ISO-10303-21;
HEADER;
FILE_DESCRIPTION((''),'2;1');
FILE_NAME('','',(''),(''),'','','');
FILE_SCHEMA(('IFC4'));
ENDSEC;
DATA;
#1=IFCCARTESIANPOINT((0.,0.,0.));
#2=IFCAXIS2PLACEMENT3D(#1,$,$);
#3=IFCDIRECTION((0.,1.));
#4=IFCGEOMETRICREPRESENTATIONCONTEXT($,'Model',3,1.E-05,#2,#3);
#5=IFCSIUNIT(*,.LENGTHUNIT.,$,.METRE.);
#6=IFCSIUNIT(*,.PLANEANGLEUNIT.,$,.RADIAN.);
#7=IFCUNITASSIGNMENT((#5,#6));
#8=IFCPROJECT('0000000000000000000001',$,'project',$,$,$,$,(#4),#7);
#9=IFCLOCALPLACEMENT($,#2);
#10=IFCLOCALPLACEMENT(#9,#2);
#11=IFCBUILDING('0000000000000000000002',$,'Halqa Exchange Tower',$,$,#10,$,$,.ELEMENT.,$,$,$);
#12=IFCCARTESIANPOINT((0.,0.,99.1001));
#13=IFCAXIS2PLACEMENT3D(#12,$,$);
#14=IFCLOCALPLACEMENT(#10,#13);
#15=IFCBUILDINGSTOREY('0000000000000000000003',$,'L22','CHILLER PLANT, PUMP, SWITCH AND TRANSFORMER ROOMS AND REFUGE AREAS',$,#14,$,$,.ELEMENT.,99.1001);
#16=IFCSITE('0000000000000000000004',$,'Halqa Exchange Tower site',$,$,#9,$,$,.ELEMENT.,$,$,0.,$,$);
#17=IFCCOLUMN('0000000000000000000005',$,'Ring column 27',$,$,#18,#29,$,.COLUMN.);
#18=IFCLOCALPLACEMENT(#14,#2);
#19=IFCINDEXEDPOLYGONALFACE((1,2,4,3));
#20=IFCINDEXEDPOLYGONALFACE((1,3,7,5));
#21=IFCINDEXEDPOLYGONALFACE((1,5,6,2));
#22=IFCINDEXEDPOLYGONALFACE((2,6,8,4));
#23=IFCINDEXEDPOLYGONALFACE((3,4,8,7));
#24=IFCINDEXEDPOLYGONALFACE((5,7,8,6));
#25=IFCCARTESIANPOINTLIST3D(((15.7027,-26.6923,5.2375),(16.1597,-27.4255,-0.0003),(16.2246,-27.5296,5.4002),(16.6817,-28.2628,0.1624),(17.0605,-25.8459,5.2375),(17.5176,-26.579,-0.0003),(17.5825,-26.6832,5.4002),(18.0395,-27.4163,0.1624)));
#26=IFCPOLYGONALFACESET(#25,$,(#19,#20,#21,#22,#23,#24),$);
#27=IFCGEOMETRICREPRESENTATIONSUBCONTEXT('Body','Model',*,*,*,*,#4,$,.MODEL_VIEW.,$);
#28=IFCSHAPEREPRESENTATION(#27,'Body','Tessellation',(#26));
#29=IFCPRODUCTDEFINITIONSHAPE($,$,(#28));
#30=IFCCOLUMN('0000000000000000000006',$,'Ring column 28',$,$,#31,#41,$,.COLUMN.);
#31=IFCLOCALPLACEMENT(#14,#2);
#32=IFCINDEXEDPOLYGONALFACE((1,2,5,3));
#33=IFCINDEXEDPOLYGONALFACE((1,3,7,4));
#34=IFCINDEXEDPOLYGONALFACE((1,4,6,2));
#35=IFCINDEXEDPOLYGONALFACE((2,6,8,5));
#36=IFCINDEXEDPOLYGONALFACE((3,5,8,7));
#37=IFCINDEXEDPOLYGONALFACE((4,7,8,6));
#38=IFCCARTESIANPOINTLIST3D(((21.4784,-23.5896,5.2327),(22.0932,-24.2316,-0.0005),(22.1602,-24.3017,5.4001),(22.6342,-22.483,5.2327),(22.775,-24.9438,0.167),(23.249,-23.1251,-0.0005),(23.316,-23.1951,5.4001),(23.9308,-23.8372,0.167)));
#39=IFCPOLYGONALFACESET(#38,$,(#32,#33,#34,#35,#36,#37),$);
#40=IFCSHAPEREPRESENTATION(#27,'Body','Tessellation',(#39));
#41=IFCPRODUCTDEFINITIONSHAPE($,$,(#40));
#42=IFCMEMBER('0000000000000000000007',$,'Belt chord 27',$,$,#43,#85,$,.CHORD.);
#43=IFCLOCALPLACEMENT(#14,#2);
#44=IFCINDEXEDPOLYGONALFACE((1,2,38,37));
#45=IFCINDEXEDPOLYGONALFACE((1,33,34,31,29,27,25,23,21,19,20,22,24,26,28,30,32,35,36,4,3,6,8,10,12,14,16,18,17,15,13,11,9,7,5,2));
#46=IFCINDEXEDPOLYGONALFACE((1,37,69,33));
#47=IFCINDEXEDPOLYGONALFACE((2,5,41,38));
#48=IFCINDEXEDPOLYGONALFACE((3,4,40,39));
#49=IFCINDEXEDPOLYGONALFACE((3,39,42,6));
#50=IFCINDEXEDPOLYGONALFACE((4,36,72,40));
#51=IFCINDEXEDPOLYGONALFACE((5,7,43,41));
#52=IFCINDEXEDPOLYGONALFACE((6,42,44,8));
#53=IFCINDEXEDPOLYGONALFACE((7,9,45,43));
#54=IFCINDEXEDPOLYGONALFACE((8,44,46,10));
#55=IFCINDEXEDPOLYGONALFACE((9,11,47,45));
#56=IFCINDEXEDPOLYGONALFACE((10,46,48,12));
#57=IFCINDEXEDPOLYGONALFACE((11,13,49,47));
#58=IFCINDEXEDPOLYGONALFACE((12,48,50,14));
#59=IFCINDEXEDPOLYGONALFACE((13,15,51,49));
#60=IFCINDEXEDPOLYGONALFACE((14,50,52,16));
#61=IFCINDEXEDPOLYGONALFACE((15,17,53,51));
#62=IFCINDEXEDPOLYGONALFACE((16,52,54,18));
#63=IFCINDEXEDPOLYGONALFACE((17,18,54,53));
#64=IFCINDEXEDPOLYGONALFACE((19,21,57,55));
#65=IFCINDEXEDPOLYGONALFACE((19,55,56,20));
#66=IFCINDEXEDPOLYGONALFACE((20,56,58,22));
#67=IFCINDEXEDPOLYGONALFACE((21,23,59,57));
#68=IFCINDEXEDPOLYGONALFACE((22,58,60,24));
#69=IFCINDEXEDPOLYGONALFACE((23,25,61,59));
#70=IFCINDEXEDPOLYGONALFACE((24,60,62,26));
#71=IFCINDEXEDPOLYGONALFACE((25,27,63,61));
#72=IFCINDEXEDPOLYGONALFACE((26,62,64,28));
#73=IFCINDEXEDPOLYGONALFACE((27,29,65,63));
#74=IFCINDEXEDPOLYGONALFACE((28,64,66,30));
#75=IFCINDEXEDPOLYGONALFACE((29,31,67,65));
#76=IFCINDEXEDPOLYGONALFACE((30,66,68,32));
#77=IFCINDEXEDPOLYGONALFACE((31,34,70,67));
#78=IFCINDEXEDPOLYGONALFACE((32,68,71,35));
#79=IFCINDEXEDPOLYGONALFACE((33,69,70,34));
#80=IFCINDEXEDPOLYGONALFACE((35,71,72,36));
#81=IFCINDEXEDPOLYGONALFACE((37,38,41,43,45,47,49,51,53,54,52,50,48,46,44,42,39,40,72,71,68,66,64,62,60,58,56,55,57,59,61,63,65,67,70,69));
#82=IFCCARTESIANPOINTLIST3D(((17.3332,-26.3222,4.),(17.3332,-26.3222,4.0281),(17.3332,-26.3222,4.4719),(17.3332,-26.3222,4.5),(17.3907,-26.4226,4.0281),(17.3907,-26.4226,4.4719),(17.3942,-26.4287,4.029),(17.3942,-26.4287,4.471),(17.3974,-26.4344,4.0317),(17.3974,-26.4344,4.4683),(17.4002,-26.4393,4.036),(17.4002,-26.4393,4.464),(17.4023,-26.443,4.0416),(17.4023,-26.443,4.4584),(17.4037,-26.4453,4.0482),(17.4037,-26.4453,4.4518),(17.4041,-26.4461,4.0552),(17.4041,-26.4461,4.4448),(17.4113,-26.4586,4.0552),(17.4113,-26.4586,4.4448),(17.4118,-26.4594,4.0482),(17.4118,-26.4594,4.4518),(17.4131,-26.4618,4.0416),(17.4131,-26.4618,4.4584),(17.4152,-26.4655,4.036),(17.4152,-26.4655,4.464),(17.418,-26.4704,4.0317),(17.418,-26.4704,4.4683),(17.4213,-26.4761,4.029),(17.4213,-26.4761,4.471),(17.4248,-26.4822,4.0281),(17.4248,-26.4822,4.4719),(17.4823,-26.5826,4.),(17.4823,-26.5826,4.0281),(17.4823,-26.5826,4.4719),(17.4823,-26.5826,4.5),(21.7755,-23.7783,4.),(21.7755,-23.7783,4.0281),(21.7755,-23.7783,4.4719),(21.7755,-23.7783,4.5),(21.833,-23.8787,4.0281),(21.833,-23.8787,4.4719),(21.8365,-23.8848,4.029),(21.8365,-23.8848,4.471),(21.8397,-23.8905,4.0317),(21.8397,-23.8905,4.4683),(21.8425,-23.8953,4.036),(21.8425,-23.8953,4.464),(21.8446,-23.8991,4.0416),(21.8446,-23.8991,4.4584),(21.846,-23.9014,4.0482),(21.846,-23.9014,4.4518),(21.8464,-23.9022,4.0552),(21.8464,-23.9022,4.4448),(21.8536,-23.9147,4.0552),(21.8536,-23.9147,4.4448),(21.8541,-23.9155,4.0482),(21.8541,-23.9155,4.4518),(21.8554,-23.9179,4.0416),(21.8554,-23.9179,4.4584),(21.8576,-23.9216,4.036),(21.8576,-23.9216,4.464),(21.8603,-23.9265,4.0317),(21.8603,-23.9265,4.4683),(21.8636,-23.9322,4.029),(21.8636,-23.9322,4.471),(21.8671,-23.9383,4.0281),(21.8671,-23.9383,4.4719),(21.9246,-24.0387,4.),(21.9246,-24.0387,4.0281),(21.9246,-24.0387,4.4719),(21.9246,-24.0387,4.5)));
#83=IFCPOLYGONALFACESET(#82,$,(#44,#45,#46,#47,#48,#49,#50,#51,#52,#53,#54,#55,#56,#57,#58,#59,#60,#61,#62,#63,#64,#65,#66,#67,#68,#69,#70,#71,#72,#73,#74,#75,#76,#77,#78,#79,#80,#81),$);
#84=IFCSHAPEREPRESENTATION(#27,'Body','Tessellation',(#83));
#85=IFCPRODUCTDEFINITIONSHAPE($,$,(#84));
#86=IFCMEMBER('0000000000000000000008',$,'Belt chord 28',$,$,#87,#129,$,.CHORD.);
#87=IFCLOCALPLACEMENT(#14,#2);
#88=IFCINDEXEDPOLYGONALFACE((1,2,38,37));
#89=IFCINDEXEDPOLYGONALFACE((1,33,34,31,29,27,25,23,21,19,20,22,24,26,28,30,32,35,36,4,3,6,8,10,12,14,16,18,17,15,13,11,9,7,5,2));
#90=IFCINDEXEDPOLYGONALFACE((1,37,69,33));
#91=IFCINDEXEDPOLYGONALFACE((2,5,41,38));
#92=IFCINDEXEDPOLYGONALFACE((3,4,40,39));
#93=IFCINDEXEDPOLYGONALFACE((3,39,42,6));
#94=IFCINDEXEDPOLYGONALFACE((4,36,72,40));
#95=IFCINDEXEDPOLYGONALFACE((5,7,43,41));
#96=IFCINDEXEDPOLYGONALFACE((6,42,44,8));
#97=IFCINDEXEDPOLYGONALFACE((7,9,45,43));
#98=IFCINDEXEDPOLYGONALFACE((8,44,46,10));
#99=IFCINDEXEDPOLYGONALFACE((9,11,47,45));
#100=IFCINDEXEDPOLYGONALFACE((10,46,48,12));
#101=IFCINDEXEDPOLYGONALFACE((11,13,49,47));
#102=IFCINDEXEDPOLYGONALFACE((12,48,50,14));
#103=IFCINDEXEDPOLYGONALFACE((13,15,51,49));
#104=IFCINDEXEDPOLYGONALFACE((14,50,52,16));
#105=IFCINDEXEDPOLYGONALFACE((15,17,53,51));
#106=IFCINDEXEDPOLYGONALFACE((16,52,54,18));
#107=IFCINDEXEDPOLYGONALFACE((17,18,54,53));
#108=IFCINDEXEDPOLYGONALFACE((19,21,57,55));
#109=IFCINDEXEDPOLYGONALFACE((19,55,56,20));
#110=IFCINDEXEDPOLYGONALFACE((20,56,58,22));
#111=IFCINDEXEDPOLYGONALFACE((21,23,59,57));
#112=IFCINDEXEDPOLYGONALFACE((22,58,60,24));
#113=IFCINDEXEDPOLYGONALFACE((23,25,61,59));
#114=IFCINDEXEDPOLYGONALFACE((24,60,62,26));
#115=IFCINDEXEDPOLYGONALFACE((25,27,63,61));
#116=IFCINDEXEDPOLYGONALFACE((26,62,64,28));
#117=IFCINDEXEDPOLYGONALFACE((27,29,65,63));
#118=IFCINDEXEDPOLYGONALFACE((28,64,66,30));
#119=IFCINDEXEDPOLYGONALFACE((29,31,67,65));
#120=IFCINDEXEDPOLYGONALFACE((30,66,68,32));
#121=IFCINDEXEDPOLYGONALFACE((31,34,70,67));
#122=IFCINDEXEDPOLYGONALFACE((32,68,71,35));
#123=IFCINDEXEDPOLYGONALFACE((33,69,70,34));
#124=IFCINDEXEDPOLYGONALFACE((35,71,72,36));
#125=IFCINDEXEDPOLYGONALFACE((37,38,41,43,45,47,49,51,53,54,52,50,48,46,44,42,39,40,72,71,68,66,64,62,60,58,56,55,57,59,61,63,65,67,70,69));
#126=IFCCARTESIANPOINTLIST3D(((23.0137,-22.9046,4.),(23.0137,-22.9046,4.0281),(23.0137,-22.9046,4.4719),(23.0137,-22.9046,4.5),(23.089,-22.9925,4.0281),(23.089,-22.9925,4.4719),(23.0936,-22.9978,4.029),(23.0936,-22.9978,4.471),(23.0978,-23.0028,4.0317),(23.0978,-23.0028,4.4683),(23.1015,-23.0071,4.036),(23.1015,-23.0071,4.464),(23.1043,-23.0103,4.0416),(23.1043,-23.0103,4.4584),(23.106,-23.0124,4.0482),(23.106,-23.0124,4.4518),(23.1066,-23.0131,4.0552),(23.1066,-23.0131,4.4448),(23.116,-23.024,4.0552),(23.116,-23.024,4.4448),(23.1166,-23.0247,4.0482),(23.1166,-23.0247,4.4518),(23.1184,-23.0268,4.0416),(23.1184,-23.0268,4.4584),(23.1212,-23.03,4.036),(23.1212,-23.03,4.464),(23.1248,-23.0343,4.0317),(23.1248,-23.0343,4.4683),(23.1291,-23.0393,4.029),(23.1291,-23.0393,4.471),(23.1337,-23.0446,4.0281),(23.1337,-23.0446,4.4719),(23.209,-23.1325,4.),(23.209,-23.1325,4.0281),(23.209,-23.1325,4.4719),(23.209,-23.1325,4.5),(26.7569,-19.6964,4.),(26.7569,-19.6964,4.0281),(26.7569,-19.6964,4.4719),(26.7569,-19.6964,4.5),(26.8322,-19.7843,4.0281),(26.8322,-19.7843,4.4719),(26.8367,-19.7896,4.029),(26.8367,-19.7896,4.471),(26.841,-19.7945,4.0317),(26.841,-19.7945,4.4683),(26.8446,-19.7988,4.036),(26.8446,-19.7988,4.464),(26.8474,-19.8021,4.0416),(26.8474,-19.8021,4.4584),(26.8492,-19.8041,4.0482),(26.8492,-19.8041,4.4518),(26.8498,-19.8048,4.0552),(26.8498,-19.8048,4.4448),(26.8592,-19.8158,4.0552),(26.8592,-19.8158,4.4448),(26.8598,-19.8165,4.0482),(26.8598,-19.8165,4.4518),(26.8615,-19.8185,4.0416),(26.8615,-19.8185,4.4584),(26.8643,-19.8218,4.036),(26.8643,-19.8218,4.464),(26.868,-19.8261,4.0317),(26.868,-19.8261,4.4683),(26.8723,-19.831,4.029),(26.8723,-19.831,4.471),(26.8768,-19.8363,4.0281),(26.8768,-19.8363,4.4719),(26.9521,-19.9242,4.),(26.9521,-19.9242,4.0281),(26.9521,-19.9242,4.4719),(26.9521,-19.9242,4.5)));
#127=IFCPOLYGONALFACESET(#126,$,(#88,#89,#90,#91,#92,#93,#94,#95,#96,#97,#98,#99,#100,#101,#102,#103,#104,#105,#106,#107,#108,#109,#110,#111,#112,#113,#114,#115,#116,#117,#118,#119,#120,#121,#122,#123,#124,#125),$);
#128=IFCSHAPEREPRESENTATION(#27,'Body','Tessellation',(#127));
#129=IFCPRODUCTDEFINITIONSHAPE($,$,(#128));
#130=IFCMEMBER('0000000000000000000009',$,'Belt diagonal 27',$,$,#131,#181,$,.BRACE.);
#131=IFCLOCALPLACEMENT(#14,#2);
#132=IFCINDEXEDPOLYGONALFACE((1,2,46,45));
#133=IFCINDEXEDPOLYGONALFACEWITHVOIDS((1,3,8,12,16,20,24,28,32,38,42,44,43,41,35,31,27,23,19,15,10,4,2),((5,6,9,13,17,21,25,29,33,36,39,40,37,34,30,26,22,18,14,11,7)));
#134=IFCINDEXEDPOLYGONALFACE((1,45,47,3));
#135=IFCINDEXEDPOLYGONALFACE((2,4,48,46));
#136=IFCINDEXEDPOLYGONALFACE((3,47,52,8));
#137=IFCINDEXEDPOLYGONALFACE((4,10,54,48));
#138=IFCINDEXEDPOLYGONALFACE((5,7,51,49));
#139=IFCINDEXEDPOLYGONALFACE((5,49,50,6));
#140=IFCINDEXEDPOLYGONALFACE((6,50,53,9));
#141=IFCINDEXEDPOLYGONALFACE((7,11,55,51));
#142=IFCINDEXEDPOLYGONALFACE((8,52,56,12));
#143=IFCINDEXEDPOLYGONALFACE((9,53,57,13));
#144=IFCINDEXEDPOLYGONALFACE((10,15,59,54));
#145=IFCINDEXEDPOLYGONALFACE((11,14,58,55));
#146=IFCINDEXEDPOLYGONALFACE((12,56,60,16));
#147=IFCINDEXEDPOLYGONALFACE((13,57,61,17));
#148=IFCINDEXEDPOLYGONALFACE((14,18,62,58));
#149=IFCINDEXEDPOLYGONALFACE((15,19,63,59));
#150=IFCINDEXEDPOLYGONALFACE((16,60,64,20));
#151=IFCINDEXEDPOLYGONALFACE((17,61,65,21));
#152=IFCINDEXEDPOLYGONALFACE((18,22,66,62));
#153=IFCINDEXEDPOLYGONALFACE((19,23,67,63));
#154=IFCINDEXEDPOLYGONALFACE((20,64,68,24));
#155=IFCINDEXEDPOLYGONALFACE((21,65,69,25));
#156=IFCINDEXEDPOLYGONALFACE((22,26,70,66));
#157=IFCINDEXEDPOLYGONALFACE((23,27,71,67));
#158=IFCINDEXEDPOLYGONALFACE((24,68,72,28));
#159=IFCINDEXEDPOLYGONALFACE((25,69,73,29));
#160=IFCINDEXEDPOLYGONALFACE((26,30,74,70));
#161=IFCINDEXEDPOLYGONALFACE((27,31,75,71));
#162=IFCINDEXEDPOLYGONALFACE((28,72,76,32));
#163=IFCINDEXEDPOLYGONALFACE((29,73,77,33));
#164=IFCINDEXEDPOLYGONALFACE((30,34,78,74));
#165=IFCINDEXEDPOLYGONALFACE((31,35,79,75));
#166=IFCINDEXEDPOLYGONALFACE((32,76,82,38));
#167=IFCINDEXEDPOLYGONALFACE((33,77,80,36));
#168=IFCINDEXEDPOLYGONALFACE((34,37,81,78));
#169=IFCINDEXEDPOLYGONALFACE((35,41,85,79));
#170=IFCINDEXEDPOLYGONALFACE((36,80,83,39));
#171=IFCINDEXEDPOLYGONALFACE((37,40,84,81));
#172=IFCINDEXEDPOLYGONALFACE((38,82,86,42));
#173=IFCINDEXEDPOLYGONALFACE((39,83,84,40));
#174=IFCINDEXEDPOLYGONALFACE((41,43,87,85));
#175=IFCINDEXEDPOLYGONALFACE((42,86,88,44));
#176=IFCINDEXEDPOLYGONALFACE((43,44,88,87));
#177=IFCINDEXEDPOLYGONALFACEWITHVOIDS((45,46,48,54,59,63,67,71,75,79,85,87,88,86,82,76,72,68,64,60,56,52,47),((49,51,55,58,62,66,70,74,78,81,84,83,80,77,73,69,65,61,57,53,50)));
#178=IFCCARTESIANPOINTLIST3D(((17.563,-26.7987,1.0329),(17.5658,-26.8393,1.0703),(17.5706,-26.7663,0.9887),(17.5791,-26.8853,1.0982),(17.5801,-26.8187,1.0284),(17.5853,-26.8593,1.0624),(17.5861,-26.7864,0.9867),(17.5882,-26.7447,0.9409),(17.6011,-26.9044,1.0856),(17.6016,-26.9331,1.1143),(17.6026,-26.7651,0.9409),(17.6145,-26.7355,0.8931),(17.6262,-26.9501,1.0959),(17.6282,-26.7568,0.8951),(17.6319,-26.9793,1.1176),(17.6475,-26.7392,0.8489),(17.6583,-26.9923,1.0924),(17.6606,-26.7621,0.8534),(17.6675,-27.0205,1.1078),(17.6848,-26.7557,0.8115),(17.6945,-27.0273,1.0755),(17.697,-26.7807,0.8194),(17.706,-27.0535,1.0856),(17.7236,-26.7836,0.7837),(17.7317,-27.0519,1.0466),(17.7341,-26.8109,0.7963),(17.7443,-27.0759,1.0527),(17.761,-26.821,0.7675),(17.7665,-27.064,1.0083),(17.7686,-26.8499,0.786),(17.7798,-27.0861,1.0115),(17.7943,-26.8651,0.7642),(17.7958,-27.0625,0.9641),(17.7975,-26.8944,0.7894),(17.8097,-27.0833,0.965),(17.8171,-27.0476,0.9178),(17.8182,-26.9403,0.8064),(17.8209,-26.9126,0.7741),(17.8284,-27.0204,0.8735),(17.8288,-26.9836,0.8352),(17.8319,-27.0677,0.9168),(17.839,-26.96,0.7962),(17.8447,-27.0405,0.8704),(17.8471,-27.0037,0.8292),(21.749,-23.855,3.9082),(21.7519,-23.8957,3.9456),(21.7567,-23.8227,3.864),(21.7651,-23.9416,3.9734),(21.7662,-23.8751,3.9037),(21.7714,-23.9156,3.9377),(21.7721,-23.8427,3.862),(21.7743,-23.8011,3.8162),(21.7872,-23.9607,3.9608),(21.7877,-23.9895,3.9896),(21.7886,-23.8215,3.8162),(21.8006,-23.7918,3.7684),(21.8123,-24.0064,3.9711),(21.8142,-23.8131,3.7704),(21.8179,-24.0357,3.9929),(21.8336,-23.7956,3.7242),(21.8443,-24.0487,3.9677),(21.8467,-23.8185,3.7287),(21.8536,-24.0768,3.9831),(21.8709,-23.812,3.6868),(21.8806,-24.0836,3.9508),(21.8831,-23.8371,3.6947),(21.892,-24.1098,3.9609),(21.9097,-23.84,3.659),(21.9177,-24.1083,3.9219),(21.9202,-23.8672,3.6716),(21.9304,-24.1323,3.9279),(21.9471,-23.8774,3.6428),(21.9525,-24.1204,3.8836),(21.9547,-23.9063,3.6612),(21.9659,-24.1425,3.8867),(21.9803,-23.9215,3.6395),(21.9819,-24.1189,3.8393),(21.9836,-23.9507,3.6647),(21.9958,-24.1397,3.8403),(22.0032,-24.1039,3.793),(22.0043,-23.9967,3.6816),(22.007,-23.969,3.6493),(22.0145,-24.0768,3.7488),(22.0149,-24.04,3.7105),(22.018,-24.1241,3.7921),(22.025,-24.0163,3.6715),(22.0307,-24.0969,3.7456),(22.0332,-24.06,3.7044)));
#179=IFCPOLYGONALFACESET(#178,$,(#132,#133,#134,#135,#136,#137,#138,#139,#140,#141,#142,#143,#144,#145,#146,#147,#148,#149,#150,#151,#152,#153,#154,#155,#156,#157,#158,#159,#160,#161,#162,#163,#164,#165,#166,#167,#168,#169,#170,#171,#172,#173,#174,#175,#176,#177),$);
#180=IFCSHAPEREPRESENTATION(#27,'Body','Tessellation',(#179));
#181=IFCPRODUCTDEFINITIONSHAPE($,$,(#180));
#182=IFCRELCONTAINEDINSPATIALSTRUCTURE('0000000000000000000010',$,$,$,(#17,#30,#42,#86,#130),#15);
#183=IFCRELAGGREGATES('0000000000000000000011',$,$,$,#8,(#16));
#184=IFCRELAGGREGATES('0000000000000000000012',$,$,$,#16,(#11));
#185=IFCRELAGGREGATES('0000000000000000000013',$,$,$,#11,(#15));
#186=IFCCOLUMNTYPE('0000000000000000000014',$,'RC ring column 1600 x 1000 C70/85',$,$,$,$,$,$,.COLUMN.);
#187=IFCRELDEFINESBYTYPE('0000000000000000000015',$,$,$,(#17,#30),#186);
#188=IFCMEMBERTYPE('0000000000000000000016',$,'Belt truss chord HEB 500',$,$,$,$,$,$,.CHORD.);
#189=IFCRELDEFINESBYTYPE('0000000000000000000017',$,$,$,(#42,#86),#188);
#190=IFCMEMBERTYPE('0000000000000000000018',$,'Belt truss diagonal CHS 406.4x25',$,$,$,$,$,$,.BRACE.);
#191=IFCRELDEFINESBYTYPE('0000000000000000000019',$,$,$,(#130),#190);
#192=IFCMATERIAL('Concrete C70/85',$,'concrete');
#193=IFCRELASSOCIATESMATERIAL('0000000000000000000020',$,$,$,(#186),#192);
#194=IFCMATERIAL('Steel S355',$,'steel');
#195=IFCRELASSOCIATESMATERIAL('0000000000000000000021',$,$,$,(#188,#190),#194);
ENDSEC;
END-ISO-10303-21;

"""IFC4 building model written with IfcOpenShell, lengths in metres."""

from ifc_helpers import new_model, si_unit, direction, frame, origin, origin_2d, place, context, subcontext, project, spatial, rectangle, hollow_circle, i_section, extrude, material, material_profile, profile_set, type_object, element, save


model = new_model("IFC4")

# Units and contexts
model_context = context("Model", 3, precision=1e-05, world=origin(), true_north=direction((0.0, 1.0)))
body_context = subcontext(model_context, "Body", "Model", "MODEL_VIEW")
ifc_project = project(units=[si_unit("LENGTHUNIT", "METRE"), si_unit("PLANEANGLEUNIT", "RADIAN")], contexts=[model_context])

# Site, building, storey
site_placement = place(None, origin())
site = spatial("IfcSite", under=ifc_project, at=site_placement, Name="Halqa Exchange Tower site", CompositionType="ELEMENT", RefElevation=0.0)
building_placement = place(site_placement, origin())
building = spatial("IfcBuilding", under=site, at=building_placement, Name="Halqa Exchange Tower", CompositionType="ELEMENT")
storey_placement = place(building_placement, frame((0.0, 0.0, 99.1001)))
storey = spatial("IfcBuildingStorey", under=building, at=storey_placement, Name="L22", Description="CHILLER PLANT, PUMP, SWITCH AND TRANSFORMER ROOMS AND REFUGE AREAS", CompositionType="ELEMENT", Elevation=99.1001)

# Columns
ifc_material_1 = material(Name="Concrete C70/85", Category="concrete")
ifc_material_profile_1 = material_profile(ifc_material_1, rectangle(XDim=1.6001, YDim=1.0, at=origin_2d()), Name="1600 x 1000")
ifc_profile_set_1 = profile_set([ifc_material_profile_1], Name="Concrete C70/85")
column_type = type_object("IfcColumnType", Name="RC ring column 1600 x 1000 C70/85", PredefinedType="COLUMN", material=ifc_profile_set_1)
column_1_placement = place(storey_placement, frame((17.0996, -27.4209, 0.0811), z_axis=(-0.086093, 0.138108, 0.986668), x_axis=(-0.848617, -0.529008, 0.0)))
element("IfcColumn", 1, at=column_1_placement, inside=storey, type_object=column_type, Name="Ring column 27", PredefinedType="COLUMN", context=body_context, shape_type="SweptSolid", body=[
    extrude(rectangle(XDim=1.6001, YDim=1.0, at=origin_2d()), origin(), (0.0, 0.0, 1.0), 5.3086),
])
column_2_placement = place(storey_placement, frame((23.012, -24.0344, 0.0833), z_axis=(-0.115812, 0.120964, 0.985878), x_axis=(-0.72232, -0.691559, 0.0)))
element("IfcColumn", 2, at=column_2_placement, inside=storey, type_object=column_type, Name="Ring column 28", PredefinedType="COLUMN", context=body_context, shape_type="SweptSolid", body=[
    extrude(rectangle(XDim=1.6001, YDim=1.0, at=origin_2d()), origin(), (0.0, 0.0, 1.0), 5.3081),
])

# Members
ifc_material_2 = material(Name="Steel S355", Category="steel")
ifc_material_profile_2 = material_profile(ifc_material_2, i_section(OverallWidth=0.3, OverallDepth=0.5, WebThickness=0.0144, FlangeThickness=0.0281, FilletRadius=0.0271, at=origin_2d()), Name="HEB 500")
ifc_profile_set_2 = profile_set([ifc_material_profile_2], Name="Steel S355")
member_type_1 = type_object("IfcMemberType", Name="Belt truss chord HEB 500", PredefinedType="CHORD", material=ifc_profile_set_2)
member_1_placement = place(storey_placement, frame((17.4077, -26.4524, 4.25), z_axis=(0.867785, 0.49694, 0.0), x_axis=(-0.49694, 0.867785, 0.0)))
element("IfcMember", 3, at=member_1_placement, inside=storey, type_object=member_type_1, Name="Belt chord 27", PredefinedType="CHORD", context=body_context, shape_type="SweptSolid", body=[
    extrude(i_section(OverallWidth=0.3, OverallDepth=0.5, WebThickness=0.0144, FlangeThickness=0.0281, FilletRadius=0.0271, at=origin_2d()), origin(), (0.0, 0.0, 1.0), 5.1191),
])
member_2_placement = place(storey_placement, frame((23.1113, -23.0186, 4.25), z_axis=(0.759274, 0.650771, 0.0), x_axis=(-0.650771, 0.759274, 0.0)))
element("IfcMember", 4, at=member_2_placement, inside=storey, type_object=member_type_1, Name="Belt chord 28", PredefinedType="CHORD", context=body_context, shape_type="SweptSolid", body=[
    extrude(i_section(OverallWidth=0.3, OverallDepth=0.5, WebThickness=0.0144, FlangeThickness=0.0281, FilletRadius=0.0271, at=origin_2d()), origin(), (0.0, 0.0, 1.0), 4.9299),
])
ifc_material_profile_3 = material_profile(ifc_material_2, hollow_circle(Radius=0.2031, WallThickness=0.0249, at=origin_2d()), Name="CHS 406.4x25")
ifc_profile_set_3 = profile_set([ifc_material_profile_3], Name="Steel S355")
member_type_2 = type_object("IfcMemberType", Name="Belt truss diagonal CHS 406.4x25", PredefinedType="BRACE", material=ifc_profile_set_3)
member_3_placement = place(storey_placement, frame((17.7051, -26.9109, 0.9409), z_axis=(0.713146, 0.501482, 0.489836), x_axis=(-0.575216, 0.818002, 0.0)))
element("IfcMember", 5, at=member_3_placement, inside=storey, type_object=member_type_2, Name="Belt diagonal 27", PredefinedType="BRACE", context=body_context, shape_type="SweptSolid", body=[
    extrude(hollow_circle(Radius=0.2031, WallThickness=0.0249, at=origin_2d()), origin(), (0.0, 0.0, 1.0), 5.8699),
])

save(model, "model.ifc")
